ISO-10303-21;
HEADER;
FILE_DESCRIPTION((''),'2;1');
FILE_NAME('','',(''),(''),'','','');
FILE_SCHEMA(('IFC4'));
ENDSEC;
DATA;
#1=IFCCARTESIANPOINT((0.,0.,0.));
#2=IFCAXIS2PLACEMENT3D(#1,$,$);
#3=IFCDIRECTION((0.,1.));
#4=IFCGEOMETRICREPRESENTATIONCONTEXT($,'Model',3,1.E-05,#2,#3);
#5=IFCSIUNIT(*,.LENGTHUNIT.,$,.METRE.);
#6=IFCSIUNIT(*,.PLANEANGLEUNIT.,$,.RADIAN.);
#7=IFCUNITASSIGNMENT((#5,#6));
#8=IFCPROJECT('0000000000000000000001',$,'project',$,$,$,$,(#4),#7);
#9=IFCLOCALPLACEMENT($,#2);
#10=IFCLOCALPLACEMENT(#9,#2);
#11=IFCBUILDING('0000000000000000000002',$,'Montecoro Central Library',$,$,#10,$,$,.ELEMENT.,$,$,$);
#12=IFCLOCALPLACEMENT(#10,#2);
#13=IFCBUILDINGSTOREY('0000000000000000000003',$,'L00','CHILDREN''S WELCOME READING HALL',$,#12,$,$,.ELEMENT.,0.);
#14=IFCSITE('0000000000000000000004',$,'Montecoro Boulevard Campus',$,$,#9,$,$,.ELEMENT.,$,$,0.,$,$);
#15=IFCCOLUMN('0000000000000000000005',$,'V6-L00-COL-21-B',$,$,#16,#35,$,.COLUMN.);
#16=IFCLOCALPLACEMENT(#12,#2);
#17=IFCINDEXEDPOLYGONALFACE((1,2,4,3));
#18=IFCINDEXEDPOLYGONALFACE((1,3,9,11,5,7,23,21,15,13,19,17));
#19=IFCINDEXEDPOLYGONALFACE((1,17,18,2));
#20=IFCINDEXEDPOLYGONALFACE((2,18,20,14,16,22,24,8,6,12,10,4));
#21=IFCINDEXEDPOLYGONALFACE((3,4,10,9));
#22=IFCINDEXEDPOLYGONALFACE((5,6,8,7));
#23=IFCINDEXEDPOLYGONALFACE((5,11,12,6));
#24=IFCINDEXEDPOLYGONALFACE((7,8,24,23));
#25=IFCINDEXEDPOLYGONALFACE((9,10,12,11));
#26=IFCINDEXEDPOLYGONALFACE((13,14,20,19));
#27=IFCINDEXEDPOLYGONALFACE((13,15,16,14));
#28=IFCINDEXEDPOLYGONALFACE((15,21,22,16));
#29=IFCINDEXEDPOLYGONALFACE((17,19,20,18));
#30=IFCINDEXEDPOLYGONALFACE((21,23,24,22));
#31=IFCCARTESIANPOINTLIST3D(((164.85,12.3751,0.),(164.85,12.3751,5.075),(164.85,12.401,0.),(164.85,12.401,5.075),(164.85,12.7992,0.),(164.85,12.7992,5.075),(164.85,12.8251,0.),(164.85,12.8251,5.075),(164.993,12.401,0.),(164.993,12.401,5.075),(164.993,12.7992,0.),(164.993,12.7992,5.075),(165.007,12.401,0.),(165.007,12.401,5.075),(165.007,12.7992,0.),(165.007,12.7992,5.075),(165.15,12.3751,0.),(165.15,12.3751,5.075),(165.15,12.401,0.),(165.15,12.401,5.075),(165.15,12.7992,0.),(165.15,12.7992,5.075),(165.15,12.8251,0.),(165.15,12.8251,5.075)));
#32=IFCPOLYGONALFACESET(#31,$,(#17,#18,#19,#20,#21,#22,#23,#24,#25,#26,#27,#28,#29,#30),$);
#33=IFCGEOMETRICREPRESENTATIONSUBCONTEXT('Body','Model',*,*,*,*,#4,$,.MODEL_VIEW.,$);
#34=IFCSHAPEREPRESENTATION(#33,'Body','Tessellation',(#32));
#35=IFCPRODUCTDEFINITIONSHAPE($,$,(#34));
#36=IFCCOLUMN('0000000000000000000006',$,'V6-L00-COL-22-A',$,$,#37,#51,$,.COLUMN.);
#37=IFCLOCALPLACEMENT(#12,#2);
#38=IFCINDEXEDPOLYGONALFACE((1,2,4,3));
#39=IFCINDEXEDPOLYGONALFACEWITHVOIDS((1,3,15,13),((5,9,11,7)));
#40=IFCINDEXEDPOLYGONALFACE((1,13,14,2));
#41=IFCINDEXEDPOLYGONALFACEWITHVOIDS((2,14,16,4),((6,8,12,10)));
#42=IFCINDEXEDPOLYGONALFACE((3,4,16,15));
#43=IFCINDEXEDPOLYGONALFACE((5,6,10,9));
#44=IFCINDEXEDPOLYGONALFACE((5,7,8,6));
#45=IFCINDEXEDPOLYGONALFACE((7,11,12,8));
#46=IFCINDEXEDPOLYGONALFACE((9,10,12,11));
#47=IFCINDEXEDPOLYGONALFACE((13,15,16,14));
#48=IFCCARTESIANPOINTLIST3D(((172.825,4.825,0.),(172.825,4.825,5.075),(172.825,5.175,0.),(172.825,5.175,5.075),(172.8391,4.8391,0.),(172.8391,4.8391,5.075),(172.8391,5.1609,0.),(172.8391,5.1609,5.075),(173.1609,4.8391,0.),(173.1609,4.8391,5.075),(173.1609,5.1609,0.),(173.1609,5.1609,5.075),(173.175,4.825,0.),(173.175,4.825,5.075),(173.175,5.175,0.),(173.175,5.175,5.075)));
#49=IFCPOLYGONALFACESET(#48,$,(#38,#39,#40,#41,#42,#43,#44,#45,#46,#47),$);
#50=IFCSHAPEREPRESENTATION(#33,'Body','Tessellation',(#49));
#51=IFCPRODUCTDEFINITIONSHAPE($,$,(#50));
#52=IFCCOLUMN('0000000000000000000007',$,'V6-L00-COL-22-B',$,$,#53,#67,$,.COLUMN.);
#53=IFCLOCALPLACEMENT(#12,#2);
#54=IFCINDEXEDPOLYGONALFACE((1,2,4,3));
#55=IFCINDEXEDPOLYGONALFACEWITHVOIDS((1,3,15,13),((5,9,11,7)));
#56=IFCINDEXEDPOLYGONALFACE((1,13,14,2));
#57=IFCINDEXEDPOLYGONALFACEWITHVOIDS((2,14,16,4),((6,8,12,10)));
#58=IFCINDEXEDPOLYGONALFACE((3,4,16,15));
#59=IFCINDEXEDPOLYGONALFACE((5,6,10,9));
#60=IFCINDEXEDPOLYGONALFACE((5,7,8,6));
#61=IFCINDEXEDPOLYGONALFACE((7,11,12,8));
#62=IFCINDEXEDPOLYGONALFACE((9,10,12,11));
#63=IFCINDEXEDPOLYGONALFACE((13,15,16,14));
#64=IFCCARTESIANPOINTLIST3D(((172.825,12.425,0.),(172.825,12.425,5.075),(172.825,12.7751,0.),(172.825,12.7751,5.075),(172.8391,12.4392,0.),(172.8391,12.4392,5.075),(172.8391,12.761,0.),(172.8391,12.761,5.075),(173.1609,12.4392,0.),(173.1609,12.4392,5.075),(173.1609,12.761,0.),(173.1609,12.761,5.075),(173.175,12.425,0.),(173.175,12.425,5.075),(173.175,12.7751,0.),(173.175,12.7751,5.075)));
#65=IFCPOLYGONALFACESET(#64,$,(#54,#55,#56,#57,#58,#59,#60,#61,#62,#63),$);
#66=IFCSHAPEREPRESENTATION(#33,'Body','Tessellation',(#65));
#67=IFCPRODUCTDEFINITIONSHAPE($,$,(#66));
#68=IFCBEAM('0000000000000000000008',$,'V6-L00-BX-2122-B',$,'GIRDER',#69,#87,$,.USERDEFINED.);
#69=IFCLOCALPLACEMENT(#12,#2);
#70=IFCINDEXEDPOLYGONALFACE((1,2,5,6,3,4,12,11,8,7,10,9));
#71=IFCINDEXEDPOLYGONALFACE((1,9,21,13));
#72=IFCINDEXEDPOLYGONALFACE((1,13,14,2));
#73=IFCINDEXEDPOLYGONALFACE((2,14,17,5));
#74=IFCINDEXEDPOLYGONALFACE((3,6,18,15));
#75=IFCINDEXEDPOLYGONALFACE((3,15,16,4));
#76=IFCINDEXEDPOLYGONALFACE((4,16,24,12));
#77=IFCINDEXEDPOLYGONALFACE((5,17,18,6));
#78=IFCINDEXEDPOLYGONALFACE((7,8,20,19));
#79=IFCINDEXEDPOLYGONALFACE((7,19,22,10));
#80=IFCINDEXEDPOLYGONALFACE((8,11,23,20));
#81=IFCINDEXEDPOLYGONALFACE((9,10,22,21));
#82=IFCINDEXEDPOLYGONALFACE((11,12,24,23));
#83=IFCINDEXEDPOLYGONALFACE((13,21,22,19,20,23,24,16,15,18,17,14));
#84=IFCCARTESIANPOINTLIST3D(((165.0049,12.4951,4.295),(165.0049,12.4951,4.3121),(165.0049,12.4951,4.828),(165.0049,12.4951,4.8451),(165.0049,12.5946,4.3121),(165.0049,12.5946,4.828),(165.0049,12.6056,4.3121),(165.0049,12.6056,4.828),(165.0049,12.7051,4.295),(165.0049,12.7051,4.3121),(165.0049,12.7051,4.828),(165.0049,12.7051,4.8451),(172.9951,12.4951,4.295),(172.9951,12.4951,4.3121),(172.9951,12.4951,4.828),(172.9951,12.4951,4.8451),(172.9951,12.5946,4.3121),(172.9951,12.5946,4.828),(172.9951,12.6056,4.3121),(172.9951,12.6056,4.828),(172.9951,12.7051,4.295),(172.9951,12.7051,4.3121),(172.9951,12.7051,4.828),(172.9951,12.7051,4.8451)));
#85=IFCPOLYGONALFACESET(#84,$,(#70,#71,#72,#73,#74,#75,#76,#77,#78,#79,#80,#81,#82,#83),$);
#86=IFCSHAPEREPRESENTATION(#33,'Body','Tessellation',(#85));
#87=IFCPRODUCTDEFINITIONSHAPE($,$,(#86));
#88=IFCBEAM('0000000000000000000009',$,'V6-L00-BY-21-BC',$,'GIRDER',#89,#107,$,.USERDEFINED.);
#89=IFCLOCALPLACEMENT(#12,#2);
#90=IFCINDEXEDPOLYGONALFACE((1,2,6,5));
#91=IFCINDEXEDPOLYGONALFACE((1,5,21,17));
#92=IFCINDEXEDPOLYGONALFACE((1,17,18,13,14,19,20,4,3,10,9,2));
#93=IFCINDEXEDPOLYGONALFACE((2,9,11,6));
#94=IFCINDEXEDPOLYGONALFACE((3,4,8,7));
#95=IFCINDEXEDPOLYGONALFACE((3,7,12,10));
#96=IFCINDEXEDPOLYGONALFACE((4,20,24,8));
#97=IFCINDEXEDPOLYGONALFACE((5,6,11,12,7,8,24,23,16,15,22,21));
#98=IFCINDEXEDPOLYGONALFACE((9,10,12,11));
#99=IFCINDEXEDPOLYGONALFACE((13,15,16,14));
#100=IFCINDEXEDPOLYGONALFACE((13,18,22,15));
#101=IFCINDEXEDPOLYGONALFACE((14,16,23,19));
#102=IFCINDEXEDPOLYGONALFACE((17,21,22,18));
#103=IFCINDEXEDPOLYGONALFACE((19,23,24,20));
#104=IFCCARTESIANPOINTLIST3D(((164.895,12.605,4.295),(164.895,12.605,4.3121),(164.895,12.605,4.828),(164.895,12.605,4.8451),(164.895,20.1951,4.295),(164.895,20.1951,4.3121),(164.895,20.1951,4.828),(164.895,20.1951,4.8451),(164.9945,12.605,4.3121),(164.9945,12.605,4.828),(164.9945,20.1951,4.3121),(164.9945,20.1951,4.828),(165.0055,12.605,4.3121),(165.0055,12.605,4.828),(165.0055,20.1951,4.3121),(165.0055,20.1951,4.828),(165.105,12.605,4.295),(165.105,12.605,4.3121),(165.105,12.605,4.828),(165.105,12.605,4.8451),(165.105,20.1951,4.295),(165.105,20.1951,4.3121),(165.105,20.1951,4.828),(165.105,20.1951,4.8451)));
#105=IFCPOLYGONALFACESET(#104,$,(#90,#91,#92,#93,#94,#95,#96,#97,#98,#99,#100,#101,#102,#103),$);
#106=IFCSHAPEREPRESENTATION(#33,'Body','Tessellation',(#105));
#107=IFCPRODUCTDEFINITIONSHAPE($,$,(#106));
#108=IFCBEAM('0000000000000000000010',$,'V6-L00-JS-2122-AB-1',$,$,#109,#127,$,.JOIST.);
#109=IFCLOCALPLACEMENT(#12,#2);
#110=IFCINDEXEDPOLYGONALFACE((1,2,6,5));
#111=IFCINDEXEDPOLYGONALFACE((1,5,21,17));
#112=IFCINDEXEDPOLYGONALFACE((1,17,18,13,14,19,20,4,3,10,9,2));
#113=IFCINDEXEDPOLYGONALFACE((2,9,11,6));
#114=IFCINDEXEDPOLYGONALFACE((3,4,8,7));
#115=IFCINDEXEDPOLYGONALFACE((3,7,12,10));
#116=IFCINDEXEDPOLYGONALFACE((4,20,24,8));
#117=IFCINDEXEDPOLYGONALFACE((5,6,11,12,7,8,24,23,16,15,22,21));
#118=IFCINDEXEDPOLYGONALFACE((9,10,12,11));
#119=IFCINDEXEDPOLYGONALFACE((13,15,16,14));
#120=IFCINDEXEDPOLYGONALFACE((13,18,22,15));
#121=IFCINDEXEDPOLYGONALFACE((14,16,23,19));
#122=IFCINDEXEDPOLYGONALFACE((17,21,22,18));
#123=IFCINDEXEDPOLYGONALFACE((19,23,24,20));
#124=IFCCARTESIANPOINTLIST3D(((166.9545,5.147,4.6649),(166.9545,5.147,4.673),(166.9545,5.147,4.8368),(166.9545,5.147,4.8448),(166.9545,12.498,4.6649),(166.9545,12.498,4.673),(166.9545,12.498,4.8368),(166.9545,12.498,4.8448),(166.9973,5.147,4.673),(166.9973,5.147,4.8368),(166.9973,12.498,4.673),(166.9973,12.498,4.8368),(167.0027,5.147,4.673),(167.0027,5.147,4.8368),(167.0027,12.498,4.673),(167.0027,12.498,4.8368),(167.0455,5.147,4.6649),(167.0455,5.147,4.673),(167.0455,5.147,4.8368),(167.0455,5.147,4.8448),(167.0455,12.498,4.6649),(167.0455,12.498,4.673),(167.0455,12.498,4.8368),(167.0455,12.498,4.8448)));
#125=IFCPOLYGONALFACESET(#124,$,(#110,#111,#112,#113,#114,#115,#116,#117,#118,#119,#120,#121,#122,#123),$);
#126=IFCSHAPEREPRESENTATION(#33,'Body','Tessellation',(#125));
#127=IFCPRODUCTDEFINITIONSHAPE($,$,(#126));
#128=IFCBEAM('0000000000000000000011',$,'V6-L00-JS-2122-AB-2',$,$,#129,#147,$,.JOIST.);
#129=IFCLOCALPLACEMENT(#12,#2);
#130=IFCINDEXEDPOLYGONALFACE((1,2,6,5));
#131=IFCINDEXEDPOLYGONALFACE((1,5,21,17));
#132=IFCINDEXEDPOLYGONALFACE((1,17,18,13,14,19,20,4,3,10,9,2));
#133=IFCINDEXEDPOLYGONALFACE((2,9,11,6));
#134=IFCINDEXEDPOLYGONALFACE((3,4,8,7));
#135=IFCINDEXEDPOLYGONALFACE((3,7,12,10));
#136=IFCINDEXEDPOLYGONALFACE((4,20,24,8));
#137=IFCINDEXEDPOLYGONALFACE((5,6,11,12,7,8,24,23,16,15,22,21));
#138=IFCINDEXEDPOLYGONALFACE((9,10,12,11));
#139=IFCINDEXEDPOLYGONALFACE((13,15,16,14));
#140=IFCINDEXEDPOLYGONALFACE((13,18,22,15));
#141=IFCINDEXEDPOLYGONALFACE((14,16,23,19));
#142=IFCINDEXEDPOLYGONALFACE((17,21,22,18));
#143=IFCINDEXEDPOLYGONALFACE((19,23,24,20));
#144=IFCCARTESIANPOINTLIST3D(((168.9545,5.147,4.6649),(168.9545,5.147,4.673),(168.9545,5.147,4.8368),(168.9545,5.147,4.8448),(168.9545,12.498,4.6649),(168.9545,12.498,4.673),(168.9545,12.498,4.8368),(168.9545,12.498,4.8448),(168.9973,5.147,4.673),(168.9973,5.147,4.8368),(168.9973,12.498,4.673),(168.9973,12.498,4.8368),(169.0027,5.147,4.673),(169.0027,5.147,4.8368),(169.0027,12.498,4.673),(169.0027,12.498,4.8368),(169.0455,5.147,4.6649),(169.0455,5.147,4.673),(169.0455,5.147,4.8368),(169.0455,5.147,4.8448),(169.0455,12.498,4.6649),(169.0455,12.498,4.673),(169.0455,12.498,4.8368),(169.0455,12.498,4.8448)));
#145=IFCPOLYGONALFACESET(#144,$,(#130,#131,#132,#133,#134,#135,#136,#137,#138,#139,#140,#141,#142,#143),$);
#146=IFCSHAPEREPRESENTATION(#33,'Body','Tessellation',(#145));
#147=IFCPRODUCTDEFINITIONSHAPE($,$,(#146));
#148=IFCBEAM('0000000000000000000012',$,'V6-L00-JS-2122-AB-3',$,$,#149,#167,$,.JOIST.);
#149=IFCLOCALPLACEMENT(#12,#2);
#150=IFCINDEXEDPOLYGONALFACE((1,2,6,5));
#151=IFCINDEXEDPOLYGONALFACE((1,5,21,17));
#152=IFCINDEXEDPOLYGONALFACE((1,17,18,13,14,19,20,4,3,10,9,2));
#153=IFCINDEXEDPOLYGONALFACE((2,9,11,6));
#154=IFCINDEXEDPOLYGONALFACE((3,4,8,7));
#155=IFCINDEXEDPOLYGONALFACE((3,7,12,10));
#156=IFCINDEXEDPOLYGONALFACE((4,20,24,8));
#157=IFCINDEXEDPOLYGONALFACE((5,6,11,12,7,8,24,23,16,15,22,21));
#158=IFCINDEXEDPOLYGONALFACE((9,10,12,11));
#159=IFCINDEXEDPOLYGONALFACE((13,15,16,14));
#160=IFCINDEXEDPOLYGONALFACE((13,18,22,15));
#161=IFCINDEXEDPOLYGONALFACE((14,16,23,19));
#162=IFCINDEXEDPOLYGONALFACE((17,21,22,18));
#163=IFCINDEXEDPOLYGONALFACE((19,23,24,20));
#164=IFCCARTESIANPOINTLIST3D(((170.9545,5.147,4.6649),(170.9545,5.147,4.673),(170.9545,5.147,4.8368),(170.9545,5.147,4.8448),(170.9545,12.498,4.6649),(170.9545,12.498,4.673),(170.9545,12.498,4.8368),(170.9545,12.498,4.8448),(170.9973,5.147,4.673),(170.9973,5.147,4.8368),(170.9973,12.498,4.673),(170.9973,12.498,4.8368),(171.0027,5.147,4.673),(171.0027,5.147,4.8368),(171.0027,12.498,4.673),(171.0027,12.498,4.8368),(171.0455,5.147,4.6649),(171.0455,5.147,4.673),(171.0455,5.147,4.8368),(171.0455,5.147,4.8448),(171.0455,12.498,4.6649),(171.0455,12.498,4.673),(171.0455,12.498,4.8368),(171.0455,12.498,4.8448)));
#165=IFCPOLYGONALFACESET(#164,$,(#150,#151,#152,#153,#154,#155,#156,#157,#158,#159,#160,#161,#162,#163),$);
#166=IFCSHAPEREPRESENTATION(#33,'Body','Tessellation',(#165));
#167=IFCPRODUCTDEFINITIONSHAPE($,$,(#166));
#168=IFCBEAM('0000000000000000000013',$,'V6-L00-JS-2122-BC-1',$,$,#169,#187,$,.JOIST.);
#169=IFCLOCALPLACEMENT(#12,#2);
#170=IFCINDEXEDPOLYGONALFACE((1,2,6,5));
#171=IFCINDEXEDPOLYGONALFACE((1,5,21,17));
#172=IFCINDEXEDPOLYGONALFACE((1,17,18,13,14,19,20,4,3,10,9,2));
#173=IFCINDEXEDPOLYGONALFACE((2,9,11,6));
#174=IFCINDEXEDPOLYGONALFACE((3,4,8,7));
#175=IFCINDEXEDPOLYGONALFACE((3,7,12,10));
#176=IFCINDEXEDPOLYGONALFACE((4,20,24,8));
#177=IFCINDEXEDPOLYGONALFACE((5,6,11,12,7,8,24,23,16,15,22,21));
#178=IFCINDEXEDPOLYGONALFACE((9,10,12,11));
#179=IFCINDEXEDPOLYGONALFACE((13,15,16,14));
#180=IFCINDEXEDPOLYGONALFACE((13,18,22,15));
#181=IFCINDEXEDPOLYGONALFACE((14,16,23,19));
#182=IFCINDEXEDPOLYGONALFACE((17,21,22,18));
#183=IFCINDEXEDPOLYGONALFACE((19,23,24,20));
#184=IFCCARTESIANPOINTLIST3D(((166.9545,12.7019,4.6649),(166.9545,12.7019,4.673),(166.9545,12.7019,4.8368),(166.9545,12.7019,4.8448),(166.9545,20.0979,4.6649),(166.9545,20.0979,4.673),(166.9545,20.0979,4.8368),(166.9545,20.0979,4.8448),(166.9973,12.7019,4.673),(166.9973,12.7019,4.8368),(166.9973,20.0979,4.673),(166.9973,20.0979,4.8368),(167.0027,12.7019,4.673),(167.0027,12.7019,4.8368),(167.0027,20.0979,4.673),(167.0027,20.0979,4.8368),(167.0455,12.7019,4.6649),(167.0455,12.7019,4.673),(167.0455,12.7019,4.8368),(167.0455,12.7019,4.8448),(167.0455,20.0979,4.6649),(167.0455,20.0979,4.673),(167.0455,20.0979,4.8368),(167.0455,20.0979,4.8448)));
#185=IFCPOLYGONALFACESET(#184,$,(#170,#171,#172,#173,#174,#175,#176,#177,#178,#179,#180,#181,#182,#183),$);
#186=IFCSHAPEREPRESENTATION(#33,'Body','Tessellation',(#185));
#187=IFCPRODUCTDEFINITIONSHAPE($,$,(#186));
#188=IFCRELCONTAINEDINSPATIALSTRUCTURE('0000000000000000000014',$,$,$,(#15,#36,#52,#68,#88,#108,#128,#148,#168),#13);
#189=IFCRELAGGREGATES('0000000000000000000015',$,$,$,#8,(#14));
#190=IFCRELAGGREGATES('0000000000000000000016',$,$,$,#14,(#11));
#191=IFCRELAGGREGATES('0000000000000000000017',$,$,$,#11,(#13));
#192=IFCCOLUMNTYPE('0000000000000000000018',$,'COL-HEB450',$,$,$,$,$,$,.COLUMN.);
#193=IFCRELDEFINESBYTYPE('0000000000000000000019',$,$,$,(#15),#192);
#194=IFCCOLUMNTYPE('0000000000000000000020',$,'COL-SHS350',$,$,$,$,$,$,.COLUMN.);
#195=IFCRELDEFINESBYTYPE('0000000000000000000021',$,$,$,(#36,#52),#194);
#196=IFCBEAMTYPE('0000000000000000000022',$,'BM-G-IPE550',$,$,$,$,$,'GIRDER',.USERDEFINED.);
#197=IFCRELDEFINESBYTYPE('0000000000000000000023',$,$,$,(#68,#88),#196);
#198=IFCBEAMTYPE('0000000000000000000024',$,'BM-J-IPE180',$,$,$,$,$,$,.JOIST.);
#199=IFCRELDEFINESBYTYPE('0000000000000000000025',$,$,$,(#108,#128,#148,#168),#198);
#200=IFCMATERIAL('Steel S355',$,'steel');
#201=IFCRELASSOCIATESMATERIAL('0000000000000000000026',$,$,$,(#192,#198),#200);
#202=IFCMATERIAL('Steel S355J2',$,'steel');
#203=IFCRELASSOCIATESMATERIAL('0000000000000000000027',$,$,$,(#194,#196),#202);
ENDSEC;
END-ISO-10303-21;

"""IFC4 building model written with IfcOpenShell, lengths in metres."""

from ifc_helpers import new_model, si_unit, direction, frame, origin, origin_2d, place, context, subcontext, project, spatial, hollow_rectangle, i_section, extrude, material, material_profile, profile_set, type_object, element, save


model = new_model("IFC4")

# Units and contexts
model_context = context("Model", 3, precision=1e-05, world=origin(), true_north=direction((0.0, 1.0)))
body_context = subcontext(model_context, "Body", "Model", "MODEL_VIEW")
ifc_project = project(units=[si_unit("LENGTHUNIT", "METRE"), si_unit("PLANEANGLEUNIT", "RADIAN")], contexts=[model_context])

# Site, building, storey
site_placement = place(None, origin())
site = spatial("IfcSite", under=ifc_project, at=site_placement, Name="Montecoro Boulevard Campus", CompositionType="ELEMENT", RefElevation=0.0)
building_placement = place(site_placement, origin())
building = spatial("IfcBuilding", under=site, at=building_placement, Name="Montecoro Central Library", CompositionType="ELEMENT")
storey_placement = place(building_placement, origin())
storey = spatial("IfcBuildingStorey", under=building, at=storey_placement, Name="L00", Description="CHILDREN'S WELCOME READING HALL", CompositionType="ELEMENT", Elevation=0.0)

# Columns
ifc_material_1 = material(Name="Steel S355", Category="steel")
ifc_material_profile_1 = material_profile(ifc_material_1, i_section(OverallWidth=0.3, OverallDepth=0.45, WebThickness=0.0139, FlangeThickness=0.0259, at=origin_2d()), Name="HEB 450")
ifc_profile_set_1 = profile_set([ifc_material_profile_1], Name="Steel S355")
column_type_1 = type_object("IfcColumnType", Name="COL-HEB450", PredefinedType="COLUMN", material=ifc_profile_set_1)
column_placement = place(storey_placement, frame((165.0, 12.6001, 0.0), z_axis=(0.0, 0.0, 1.0), x_axis=(1.0, 0.0, 0.0)))
element("IfcColumn", 1, at=column_placement, inside=storey, type_object=column_type_1, Name="V6-L00-COL-21-B", PredefinedType="COLUMN", context=body_context, shape_type="SweptSolid", body=[
    extrude(i_section(OverallWidth=0.3, OverallDepth=0.45, WebThickness=0.0139, FlangeThickness=0.0259, at=origin_2d()), origin(), (0.0, 0.0, 1.0), 5.075),
])
ifc_material_2 = material(Name="Steel S355J2", Category="steel")
ifc_material_profile_2 = material_profile(ifc_material_2, hollow_rectangle(XDim=0.3501, YDim=0.3501, WallThickness=0.0142, at=origin_2d()), Name="SHS 350x350x14.2")
ifc_profile_set_2 = profile_set([ifc_material_profile_2], Name="Steel S355J2")
column_type_2 = type_object("IfcColumnType", Name="COL-SHS350", PredefinedType="COLUMN", material=ifc_profile_set_2)
for number, where, z_axis, x_axis, name in (
    (2, (173.0, 5.0, 0.0), (0.0, 0.0, 1.0), (1.0, 0.0, 0.0), "V6-L00-COL-22-A"),
    (3, (173.0, 12.6001, 0.0), (0.0, 0.0, 1.0), (1.0, 0.0, 0.0), "V6-L00-COL-22-B"),
):
    element("IfcColumn", number, at=place(storey_placement, frame(where, z_axis=z_axis, x_axis=x_axis)), inside=storey, type_object=column_type_2, Name=name, PredefinedType="COLUMN", context=body_context, shape_type="SweptSolid", body=[
        extrude(hollow_rectangle(XDim=0.3501, YDim=0.3501, WallThickness=0.0142, at=origin_2d()), origin(), (0.0, 0.0, 1.0), 5.075),
    ])

# Beams
ifc_material_profile_3 = material_profile(ifc_material_2, i_section(OverallWidth=0.21, OverallDepth=0.55, WebThickness=0.011, FlangeThickness=0.0171, at=origin_2d()), Name="IPE 550")
ifc_profile_set_3 = profile_set([ifc_material_profile_3], Name="Steel S355J2")
beam_type_1 = type_object("IfcBeamType", Name="BM-G-IPE550", ElementType="GIRDER", PredefinedType="USERDEFINED", material=ifc_profile_set_3)
beam_1_placement = place(storey_placement, frame((165.0049, 12.6001, 4.5701), z_axis=(1.0, 0.0, 0.0), x_axis=(0.0, 1.0, 0.0)))
element("IfcBeam", 4, at=beam_1_placement, inside=storey, type_object=beam_type_1, Name="V6-L00-BX-2122-B", ObjectType="GIRDER", PredefinedType="USERDEFINED", context=body_context, shape_type="SweptSolid", body=[
    extrude(i_section(OverallWidth=0.21, OverallDepth=0.55, WebThickness=0.011, FlangeThickness=0.0171, at=origin_2d()), origin(), (0.0, 0.0, 1.0), 7.9902),
])
beam_2_placement = place(storey_placement, frame((165.0, 12.605, 4.5701), z_axis=(0.0, 1.0, 0.0), x_axis=(-1.0, 0.0, 0.0)))
element("IfcBeam", 5, at=beam_2_placement, inside=storey, type_object=beam_type_1, Name="V6-L00-BY-21-BC", ObjectType="GIRDER", PredefinedType="USERDEFINED", context=body_context, shape_type="SweptSolid", body=[
    extrude(i_section(OverallWidth=0.21, OverallDepth=0.55, WebThickness=0.011, FlangeThickness=0.0171, at=origin_2d()), origin(), (0.0, 0.0, 1.0), 7.5901),
])
ifc_material_profile_4 = material_profile(ifc_material_1, i_section(OverallWidth=0.0911, OverallDepth=0.1799, WebThickness=0.0054, FlangeThickness=0.0081, at=origin_2d()), Name="IPE 180")
ifc_profile_set_4 = profile_set([ifc_material_profile_4], Name="Steel S355")
beam_type_2 = type_object("IfcBeamType", Name="BM-J-IPE180", PredefinedType="JOIST", material=ifc_profile_set_4)
for number, where, z_axis, x_axis, name in (
    (6, (167.0, 5.147, 4.7549), (0.0, 1.0, 0.0), (-1.0, 0.0, 0.0), "V6-L00-JS-2122-AB-1"),
    (7, (169.0, 5.147, 4.7549), (0.0, 1.0, 0.0), (-1.0, 0.0, 0.0), "V6-L00-JS-2122-AB-2"),
    (8, (171.0, 5.147, 4.7549), (0.0, 1.0, 0.0), (-1.0, 0.0, 0.0), "V6-L00-JS-2122-AB-3"),
):
    element("IfcBeam", number, at=place(storey_placement, frame(where, z_axis=z_axis, x_axis=x_axis)), inside=storey, type_object=beam_type_2, Name=name, PredefinedType="JOIST", context=body_context, shape_type="SweptSolid", body=[
        extrude(i_section(OverallWidth=0.0911, OverallDepth=0.1799, WebThickness=0.0054, FlangeThickness=0.0081, at=origin_2d()), origin(), (0.0, 0.0, 1.0), 7.3511),
    ])
for number, where, z_axis, x_axis, name in (
    (9, (167.0, 12.7019, 4.7549), (0.0, 1.0, 0.0), (-1.0, 0.0, 0.0), "V6-L00-JS-2122-BC-1"),
):
    element("IfcBeam", number, at=place(storey_placement, frame(where, z_axis=z_axis, x_axis=x_axis)), inside=storey, type_object=beam_type_2, Name=name, PredefinedType="JOIST", context=body_context, shape_type="SweptSolid", body=[
        extrude(i_section(OverallWidth=0.0911, OverallDepth=0.1799, WebThickness=0.0054, FlangeThickness=0.0081, at=origin_2d()), origin(), (0.0, 0.0, 1.0), 7.396),
    ])

save(model, "model.ifc")
